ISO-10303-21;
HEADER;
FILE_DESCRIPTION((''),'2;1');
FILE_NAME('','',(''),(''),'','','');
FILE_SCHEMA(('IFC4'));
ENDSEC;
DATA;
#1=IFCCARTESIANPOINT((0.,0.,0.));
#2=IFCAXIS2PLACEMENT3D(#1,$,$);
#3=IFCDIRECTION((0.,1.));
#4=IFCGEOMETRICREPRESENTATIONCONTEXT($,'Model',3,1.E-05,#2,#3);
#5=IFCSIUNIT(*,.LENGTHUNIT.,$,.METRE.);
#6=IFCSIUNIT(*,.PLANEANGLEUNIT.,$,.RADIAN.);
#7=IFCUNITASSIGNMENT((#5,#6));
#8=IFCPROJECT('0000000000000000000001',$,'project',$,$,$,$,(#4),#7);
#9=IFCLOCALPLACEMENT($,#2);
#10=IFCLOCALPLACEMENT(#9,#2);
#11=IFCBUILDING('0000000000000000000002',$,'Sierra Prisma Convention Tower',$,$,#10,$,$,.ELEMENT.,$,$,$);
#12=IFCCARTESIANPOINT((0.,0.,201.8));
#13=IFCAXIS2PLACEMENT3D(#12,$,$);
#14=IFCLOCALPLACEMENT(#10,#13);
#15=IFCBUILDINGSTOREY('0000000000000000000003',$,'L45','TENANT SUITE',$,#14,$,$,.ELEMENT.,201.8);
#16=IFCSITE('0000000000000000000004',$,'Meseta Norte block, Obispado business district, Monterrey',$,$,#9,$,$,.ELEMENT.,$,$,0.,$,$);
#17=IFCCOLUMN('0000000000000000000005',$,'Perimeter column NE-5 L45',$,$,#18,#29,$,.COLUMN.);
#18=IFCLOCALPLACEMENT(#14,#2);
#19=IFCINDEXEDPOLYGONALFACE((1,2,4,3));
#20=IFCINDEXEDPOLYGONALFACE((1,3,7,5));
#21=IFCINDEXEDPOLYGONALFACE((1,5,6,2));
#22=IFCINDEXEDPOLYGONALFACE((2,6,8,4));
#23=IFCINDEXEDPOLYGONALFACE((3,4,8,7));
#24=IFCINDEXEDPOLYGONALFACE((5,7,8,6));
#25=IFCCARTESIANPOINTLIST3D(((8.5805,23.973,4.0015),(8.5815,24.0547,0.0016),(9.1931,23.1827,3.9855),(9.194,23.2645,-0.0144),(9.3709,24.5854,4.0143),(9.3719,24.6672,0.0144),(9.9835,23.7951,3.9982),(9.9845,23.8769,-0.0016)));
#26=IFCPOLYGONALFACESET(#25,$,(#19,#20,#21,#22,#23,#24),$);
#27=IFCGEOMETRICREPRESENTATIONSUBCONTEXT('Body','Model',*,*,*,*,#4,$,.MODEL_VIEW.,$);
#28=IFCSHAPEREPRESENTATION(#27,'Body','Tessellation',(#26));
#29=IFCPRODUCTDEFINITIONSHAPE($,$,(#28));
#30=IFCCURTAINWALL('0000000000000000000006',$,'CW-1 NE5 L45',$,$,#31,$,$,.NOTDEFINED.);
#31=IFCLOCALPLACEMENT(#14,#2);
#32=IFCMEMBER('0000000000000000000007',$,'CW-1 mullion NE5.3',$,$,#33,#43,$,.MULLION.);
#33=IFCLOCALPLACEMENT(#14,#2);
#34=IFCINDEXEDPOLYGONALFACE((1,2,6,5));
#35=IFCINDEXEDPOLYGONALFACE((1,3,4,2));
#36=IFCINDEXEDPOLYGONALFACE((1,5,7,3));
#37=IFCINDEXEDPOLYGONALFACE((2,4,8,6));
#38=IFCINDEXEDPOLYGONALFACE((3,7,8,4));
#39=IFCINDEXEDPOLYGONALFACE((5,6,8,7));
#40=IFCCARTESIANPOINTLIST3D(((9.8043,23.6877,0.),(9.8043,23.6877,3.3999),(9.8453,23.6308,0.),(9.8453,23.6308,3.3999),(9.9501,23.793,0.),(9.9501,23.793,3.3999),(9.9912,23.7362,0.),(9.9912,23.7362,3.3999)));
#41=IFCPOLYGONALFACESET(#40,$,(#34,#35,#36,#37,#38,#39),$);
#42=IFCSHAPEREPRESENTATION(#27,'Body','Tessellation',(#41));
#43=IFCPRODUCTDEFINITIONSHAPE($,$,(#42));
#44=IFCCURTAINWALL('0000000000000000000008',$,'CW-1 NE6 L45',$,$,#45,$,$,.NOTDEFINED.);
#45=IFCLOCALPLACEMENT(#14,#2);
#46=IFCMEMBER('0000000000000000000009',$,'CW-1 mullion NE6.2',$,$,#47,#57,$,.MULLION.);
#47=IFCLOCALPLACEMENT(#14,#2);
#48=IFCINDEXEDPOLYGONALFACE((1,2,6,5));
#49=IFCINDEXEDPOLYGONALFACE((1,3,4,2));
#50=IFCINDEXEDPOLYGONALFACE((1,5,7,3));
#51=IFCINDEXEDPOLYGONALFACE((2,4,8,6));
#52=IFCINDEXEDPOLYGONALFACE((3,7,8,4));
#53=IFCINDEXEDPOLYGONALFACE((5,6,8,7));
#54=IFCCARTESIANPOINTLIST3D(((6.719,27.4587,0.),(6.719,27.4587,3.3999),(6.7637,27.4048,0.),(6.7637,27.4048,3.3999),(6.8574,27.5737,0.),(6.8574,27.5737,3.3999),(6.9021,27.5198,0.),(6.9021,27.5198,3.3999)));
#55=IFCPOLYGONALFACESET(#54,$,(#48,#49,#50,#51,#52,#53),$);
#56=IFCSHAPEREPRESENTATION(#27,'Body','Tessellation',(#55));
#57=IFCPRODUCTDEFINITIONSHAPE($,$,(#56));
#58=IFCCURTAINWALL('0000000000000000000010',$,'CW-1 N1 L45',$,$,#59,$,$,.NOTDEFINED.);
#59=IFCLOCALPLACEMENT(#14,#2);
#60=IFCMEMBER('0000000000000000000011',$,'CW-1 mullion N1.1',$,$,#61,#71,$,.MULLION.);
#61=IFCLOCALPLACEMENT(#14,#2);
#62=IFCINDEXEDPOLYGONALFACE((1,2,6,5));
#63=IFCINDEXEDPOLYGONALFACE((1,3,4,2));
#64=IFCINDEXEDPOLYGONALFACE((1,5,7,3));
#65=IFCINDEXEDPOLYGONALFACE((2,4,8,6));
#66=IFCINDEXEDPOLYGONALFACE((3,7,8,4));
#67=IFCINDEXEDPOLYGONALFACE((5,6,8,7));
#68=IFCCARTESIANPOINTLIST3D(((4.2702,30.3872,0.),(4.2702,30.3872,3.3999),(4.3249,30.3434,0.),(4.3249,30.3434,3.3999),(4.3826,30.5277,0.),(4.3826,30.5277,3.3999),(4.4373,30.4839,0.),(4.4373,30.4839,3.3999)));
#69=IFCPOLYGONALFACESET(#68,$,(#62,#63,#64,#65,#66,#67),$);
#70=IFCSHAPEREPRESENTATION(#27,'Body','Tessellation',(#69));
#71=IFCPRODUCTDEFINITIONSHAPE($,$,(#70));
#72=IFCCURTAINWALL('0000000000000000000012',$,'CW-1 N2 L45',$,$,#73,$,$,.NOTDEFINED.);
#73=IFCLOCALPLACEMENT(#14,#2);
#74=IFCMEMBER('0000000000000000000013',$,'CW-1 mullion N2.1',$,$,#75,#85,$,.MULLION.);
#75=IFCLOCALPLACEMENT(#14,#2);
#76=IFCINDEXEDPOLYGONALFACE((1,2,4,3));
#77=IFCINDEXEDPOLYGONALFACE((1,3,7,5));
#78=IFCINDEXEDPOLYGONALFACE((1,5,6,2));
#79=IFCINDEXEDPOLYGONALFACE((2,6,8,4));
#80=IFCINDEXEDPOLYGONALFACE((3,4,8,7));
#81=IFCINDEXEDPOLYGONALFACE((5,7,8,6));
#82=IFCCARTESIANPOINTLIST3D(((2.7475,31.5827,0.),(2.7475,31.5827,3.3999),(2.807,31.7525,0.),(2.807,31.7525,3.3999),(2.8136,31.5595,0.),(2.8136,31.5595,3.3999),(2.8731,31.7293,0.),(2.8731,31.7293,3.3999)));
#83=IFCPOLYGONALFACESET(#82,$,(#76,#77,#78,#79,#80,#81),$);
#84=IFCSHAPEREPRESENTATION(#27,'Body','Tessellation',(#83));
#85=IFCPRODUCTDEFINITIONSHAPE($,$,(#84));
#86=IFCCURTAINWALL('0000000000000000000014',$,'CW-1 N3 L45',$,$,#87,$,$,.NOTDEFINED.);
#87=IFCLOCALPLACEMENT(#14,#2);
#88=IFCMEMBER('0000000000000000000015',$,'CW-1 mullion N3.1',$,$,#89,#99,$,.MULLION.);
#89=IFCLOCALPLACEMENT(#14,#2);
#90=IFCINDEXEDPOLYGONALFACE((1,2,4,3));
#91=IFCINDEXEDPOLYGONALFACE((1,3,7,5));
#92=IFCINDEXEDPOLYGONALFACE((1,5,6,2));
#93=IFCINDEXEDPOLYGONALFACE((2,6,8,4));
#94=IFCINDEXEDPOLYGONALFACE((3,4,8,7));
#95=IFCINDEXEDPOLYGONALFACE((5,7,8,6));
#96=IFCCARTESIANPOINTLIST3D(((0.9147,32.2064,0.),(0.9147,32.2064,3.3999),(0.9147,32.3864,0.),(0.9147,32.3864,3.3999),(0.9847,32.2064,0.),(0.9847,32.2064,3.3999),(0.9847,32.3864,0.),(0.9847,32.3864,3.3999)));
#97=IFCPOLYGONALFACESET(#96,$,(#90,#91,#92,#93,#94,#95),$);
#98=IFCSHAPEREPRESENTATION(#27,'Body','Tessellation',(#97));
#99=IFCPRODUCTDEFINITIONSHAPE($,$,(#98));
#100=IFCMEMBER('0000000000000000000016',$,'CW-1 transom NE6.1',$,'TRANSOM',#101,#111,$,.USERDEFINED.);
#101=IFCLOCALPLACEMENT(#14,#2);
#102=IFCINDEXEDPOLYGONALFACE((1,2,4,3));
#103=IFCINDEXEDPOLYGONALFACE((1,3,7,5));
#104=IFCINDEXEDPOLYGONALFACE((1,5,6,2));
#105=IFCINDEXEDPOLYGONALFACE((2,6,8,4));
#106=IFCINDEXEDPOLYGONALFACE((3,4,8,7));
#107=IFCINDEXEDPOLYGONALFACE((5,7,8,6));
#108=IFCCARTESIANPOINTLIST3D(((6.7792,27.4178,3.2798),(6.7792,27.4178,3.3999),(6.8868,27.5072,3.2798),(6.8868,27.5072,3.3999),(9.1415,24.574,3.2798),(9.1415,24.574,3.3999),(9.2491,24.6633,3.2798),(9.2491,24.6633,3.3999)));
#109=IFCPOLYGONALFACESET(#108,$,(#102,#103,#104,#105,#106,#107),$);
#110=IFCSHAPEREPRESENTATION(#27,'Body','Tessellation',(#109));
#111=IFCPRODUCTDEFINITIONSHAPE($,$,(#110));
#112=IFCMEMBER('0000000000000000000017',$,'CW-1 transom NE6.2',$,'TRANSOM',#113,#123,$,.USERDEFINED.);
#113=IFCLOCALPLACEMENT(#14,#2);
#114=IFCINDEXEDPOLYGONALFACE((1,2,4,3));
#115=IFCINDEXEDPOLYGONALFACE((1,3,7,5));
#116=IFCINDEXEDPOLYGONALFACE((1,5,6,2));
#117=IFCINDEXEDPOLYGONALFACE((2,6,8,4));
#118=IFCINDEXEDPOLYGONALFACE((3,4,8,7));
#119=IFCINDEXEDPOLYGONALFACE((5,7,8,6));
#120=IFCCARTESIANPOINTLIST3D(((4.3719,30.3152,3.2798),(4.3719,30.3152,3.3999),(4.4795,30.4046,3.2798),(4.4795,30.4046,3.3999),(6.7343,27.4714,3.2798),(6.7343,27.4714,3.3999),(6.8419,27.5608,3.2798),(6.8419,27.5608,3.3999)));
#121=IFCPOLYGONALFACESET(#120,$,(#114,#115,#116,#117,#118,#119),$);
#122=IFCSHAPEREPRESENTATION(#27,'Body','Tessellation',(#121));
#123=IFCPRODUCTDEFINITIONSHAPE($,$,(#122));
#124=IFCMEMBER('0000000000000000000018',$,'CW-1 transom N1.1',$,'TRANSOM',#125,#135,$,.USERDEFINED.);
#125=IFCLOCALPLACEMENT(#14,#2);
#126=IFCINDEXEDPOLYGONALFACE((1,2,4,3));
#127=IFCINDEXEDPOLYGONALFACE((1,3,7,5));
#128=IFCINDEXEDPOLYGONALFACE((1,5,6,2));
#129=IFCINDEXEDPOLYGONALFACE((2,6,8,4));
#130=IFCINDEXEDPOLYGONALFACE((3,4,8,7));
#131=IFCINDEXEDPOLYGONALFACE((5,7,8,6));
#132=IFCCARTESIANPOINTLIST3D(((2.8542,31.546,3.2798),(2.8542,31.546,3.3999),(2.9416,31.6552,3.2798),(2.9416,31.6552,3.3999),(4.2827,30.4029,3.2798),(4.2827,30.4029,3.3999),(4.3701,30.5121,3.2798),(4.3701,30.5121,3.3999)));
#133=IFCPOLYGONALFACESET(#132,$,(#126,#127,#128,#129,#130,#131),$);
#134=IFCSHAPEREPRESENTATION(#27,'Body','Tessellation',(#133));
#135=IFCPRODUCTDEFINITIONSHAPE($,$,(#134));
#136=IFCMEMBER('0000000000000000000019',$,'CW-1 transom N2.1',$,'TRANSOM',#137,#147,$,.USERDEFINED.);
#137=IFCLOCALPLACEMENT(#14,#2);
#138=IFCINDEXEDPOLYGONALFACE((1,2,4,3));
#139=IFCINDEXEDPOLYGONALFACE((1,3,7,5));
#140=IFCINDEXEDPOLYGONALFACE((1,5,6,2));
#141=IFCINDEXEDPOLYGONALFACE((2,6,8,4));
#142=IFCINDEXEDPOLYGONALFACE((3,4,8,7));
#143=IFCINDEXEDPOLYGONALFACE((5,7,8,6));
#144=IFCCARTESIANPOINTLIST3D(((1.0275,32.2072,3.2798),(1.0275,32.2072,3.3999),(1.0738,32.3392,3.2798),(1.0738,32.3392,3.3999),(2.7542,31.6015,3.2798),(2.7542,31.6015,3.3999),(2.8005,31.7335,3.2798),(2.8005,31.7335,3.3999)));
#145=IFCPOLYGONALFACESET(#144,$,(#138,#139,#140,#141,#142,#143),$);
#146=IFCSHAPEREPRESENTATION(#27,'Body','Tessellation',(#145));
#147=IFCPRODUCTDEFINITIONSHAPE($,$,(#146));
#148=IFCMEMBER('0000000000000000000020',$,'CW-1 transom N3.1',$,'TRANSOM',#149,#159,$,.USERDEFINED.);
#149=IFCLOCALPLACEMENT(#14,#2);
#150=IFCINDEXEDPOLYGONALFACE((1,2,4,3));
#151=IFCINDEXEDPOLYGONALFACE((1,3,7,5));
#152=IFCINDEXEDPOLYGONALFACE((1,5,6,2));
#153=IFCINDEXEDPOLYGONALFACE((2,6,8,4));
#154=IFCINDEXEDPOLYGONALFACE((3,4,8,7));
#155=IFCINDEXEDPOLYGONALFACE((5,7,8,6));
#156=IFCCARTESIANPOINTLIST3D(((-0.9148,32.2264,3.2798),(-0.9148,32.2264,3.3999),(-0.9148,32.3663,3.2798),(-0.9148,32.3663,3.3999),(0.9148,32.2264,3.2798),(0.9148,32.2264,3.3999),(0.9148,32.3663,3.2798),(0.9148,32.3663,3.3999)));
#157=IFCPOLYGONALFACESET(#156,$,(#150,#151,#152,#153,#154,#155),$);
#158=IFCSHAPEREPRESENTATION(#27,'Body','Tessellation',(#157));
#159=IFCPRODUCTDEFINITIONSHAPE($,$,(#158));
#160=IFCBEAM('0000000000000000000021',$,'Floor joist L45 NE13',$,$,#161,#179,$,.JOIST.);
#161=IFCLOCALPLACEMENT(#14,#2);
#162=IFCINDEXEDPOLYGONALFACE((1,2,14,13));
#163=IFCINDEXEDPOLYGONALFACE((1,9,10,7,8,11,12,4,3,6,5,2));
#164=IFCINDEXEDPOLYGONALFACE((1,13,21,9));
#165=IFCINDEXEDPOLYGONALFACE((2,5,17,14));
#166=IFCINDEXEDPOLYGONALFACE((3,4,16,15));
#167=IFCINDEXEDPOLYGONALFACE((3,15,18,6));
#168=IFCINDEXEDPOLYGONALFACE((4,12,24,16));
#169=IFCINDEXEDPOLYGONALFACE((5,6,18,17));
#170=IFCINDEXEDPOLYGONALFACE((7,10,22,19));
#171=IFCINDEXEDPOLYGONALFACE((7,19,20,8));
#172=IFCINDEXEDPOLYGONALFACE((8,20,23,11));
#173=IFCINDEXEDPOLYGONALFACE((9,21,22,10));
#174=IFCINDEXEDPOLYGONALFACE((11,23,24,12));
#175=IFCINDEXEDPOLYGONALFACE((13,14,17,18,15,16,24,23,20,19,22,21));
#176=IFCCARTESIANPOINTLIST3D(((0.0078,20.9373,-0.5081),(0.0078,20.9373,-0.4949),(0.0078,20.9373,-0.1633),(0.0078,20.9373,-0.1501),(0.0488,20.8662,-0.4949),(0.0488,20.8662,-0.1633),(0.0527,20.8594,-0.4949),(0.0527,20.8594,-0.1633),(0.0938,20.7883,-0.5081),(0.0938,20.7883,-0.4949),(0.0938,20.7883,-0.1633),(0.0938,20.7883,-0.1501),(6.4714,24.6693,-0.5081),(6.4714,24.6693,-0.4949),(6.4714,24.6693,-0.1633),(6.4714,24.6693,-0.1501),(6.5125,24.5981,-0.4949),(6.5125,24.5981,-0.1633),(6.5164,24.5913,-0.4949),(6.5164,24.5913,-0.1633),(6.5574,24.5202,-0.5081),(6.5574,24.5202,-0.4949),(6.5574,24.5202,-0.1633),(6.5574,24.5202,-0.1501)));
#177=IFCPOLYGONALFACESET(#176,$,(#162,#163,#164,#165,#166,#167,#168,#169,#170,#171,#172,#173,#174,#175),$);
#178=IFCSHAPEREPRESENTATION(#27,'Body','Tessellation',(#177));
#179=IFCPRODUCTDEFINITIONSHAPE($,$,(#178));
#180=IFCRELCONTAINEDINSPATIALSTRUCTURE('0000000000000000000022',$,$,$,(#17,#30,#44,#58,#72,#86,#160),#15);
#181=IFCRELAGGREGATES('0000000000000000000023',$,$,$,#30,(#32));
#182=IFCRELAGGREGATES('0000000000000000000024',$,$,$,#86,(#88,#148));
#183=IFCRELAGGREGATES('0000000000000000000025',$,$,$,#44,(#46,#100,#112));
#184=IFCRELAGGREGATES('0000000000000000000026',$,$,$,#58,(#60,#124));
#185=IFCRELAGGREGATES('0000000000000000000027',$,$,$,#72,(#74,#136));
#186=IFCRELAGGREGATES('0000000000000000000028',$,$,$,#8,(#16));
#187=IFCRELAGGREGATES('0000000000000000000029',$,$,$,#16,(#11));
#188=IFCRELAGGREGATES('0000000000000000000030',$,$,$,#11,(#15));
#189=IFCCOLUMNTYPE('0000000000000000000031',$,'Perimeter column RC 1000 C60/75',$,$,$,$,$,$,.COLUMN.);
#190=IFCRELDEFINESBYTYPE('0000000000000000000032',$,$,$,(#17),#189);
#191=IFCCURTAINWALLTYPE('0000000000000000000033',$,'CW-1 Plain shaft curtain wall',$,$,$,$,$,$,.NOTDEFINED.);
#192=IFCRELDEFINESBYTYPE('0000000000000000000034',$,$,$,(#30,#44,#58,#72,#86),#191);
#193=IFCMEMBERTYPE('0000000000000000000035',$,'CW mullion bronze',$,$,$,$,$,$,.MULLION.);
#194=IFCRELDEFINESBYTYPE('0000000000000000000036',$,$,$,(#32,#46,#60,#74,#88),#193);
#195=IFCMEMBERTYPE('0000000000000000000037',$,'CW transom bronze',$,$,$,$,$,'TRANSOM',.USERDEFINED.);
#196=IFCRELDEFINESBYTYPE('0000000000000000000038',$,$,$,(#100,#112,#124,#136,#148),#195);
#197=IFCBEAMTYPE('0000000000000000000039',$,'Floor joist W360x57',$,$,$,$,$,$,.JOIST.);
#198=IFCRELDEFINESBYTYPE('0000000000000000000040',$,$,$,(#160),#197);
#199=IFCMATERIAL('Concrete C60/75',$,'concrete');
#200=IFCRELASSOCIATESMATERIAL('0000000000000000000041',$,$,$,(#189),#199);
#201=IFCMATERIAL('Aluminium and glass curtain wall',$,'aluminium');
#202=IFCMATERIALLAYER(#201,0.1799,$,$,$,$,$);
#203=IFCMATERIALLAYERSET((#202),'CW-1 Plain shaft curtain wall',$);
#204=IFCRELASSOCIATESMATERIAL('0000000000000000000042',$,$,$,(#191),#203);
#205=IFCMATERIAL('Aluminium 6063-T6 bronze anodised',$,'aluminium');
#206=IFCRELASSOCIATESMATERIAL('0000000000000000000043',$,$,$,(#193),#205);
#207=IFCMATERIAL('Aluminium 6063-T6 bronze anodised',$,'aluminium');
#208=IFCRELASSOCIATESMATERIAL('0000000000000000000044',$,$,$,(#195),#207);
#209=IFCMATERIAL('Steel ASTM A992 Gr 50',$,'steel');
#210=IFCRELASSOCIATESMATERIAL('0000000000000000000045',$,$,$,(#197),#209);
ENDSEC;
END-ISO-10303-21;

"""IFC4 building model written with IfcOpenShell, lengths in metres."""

from ifc_helpers import new_model, si_unit, direction, frame, origin, origin_2d, place, context, subcontext, project, spatial, rectangle, i_section, extrude, material, layer, layer_set, material_profile, profile_set, type_object, element, aggregate, save


model = new_model("IFC4")

# Units and contexts
model_context = context("Model", 3, precision=1e-05, world=origin(), true_north=direction((0.0, 1.0)))
body_context = subcontext(model_context, "Body", "Model", "MODEL_VIEW")
ifc_project = project(units=[si_unit("LENGTHUNIT", "METRE"), si_unit("PLANEANGLEUNIT", "RADIAN")], contexts=[model_context])

# Site, building, storey
site_placement = place(None, origin())
site = spatial("IfcSite", under=ifc_project, at=site_placement, Name="Meseta Norte block, Obispado business district, Monterrey", CompositionType="ELEMENT", RefElevation=0.0)
building_placement = place(site_placement, origin())
building = spatial("IfcBuilding", under=site, at=building_placement, Name="Sierra Prisma Convention Tower", CompositionType="ELEMENT")
storey_placement = place(building_placement, frame((0.0, 0.0, 201.8)))
storey = spatial("IfcBuildingStorey", under=building, at=storey_placement, Name="L45", Description="TENANT SUITE", CompositionType="ELEMENT", Elevation=201.8)

# Column
ifc_material_1 = material(Name="Concrete C60/75", Category="concrete")
ifc_material_profile_1 = material_profile(ifc_material_1, rectangle(XDim=1.0, YDim=1.0, at=origin_2d()), Name="Perimeter column RC 1000 C60/75")
ifc_profile_set_1 = profile_set([ifc_material_profile_1], Name="Concrete C60/75")
column_type = type_object("IfcColumnType", Name="Perimeter column RC 1000 C60/75", PredefinedType="COLUMN", material=ifc_profile_set_1)
column_placement = place(storey_placement, frame((9.283, 23.9658, 0.0), z_axis=(-0.000244, -0.020443, 0.999791), x_axis=(-0.612561, 0.790261, 0.016009)))
element("IfcColumn", 1, at=column_placement, inside=storey, type_object=column_type, Name="Perimeter column NE-5 L45", PredefinedType="COLUMN", context=body_context, shape_type="SweptSolid", body=[
    extrude(rectangle(XDim=1.0, YDim=1.0, at=origin_2d()), origin(), (0.0, 0.0, 1.0), 4.0007),
])

# Curtain walls, members
ifc_material_2 = material(Name="Aluminium and glass curtain wall", Category="aluminium")
ifc_layer_1 = layer(ifc_material_2, 0.1799)
ifc_layer_set_1 = layer_set([ifc_layer_1], Name="CW-1 Plain shaft curtain wall")
curtain_wall_type = type_object("IfcCurtainWallType", Name="CW-1 Plain shaft curtain wall", PredefinedType="NOTDEFINED", material=ifc_layer_set_1)
curtain_wall_1_placement = place(storey_placement, origin())
curtain_wall_1 = element("IfcCurtainWall", 2, at=curtain_wall_1_placement, inside=storey, type_object=curtain_wall_type, Name="CW-1 NE5 L45", PredefinedType="NOTDEFINED")
ifc_material_3 = material(Name="Aluminium 6063-T6 bronze anodised", Category="aluminium")
ifc_material_profile_2 = material_profile(ifc_material_3, rectangle(XDim=0.1799, YDim=0.0701, at=origin_2d()), Name="ALU MULLION 70x180")
ifc_profile_set_2 = profile_set([ifc_material_profile_2], Name="Aluminium 6063-T6 bronze anodised")
member_type_1 = type_object("IfcMemberType", Name="CW mullion bronze", PredefinedType="MULLION", material=ifc_profile_set_2)
member_1_placement = place(storey_placement, frame((9.8977, 23.7119, 0.0), z_axis=(0.0, 0.0, 1.0), x_axis=(-0.810745, -0.585399, 0.0)))
member_1 = element("IfcMember", 3, at=member_1_placement, type_object=member_type_1, Name="CW-1 mullion NE5.3", PredefinedType="MULLION", context=body_context, shape_type="SweptSolid", body=[
    extrude(rectangle(XDim=0.1799, YDim=0.0701, at=origin_2d()), origin(), (0.0, 0.0, 1.0), 3.3999),
])
aggregate(curtain_wall_1, [member_1])
curtain_wall_2_placement = place(storey_placement, origin())
curtain_wall_2 = element("IfcCurtainWall", 4, at=curtain_wall_2_placement, inside=storey, type_object=curtain_wall_type, Name="CW-1 NE6 L45", PredefinedType="NOTDEFINED")
member_2_placement = place(storey_placement, frame((6.8105, 27.4893, 0.0), z_axis=(0.0, 0.0, 1.0), x_axis=(-0.769191, -0.639018, 0.0)))
member_2 = element("IfcMember", 5, at=member_2_placement, type_object=member_type_1, Name="CW-1 mullion NE6.2", PredefinedType="MULLION", context=body_context, shape_type="SweptSolid", body=[
    extrude(rectangle(XDim=0.1799, YDim=0.0701, at=origin_2d()), origin(), (0.0, 0.0, 1.0), 3.3999),
])
curtain_wall_3_placement = place(storey_placement, origin())
curtain_wall_3 = element("IfcCurtainWall", 6, at=curtain_wall_3_placement, inside=storey, type_object=curtain_wall_type, Name="CW-1 N1 L45", PredefinedType="NOTDEFINED")
member_3_placement = place(storey_placement, frame((4.3538, 30.4355, 0.0), z_axis=(0.0, 0.0, 1.0), x_axis=(-0.624835, -0.780757, 0.0)))
member_3 = element("IfcMember", 7, at=member_3_placement, type_object=member_type_1, Name="CW-1 mullion N1.1", PredefinedType="MULLION", context=body_context, shape_type="SweptSolid", body=[
    extrude(rectangle(XDim=0.1799, YDim=0.0701, at=origin_2d()), origin(), (0.0, 0.0, 1.0), 3.3999),
])
curtain_wall_4_placement = place(storey_placement, origin())
curtain_wall_4 = element("IfcCurtainWall", 8, at=curtain_wall_4_placement, inside=storey, type_object=curtain_wall_type, Name="CW-1 N2 L45", PredefinedType="NOTDEFINED")
member_4_placement = place(storey_placement, frame((2.8103, 31.656, 0.0), z_axis=(0.0, 0.0, 1.0), x_axis=(-0.331092, -0.943599, 0.0)))
member_4 = element("IfcMember", 9, at=member_4_placement, type_object=member_type_1, Name="CW-1 mullion N2.1", PredefinedType="MULLION", context=body_context, shape_type="SweptSolid", body=[
    extrude(rectangle(XDim=0.1799, YDim=0.0701, at=origin_2d()), origin(), (0.0, 0.0, 1.0), 3.3999),
])
curtain_wall_5_placement = place(storey_placement, origin())
curtain_wall_5 = element("IfcCurtainWall", 10, at=curtain_wall_5_placement, inside=storey, type_object=curtain_wall_type, Name="CW-1 N3 L45", PredefinedType="NOTDEFINED")
member_5_placement = place(storey_placement, frame((0.9497, 32.2964, 0.0), z_axis=(0.0, 0.0, 1.0), x_axis=(0.0, -1.0, 0.0)))
member_5 = element("IfcMember", 11, at=member_5_placement, type_object=member_type_1, Name="CW-1 mullion N3.1", PredefinedType="MULLION", context=body_context, shape_type="SweptSolid", body=[
    extrude(rectangle(XDim=0.1799, YDim=0.0701, at=origin_2d()), origin(), (0.0, 0.0, 1.0), 3.3999),
])

# Members
ifc_material_4 = material(Name="Aluminium 6063-T6 bronze anodised", Category="aluminium")
ifc_material_profile_3 = material_profile(ifc_material_4, rectangle(XDim=0.1399, YDim=0.1201, at=origin_2d()), Name="ALU TRANSOM 120x140")
ifc_profile_set_3 = profile_set([ifc_material_profile_3], Name="Aluminium 6063-T6 bronze anodised")
member_type_2 = type_object("IfcMemberType", Name="CW transom bronze", ElementType="TRANSOM", PredefinedType="USERDEFINED", material=ifc_profile_set_3)
member_6_placement = place(storey_placement, frame((9.1953, 24.6187, 3.3398), z_axis=(-0.638988, 0.769216, 0.0), x_axis=(-0.769216, -0.638988, 0.0)))
member_6 = element("IfcMember", 12, at=member_6_placement, type_object=member_type_2, Name="CW-1 transom NE6.1", ObjectType="TRANSOM", PredefinedType="USERDEFINED", context=body_context, shape_type="SweptSolid", body=[
    extrude(rectangle(XDim=0.1399, YDim=0.1201, at=origin_2d()), origin(), (0.0, 0.0, 1.0), 3.697),
])
member_7_placement = place(storey_placement, frame((6.7881, 27.5161, 3.3398), z_axis=(-0.638988, 0.769216, 0.0), x_axis=(-0.769216, -0.638988, 0.0)))
member_7 = element("IfcMember", 13, at=member_7_placement, type_object=member_type_2, Name="CW-1 transom NE6.2", ObjectType="TRANSOM", PredefinedType="USERDEFINED", context=body_context, shape_type="SweptSolid", body=[
    extrude(rectangle(XDim=0.1399, YDim=0.1201, at=origin_2d()), origin(), (0.0, 0.0, 1.0), 3.697),
])
member_8_placement = place(storey_placement, frame((4.3264, 30.4575, 3.3398), z_axis=(-0.780791, 0.624793, 0.0), x_axis=(-0.624793, -0.780791, 0.0)))
member_8 = element("IfcMember", 14, at=member_8_placement, type_object=member_type_2, Name="CW-1 transom N1.1", ObjectType="TRANSOM", PredefinedType="USERDEFINED", context=body_context, shape_type="SweptSolid", body=[
    extrude(rectangle(XDim=0.1399, YDim=0.1201, at=origin_2d()), origin(), (0.0, 0.0, 1.0), 1.8296),
])
member_9_placement = place(storey_placement, frame((2.7773, 31.6675, 3.3398), z_axis=(-0.943617, 0.33104, 0.0), x_axis=(-0.33104, -0.943617, 0.0)))
member_9 = element("IfcMember", 15, at=member_9_placement, type_object=member_type_2, Name="CW-1 transom N2.1", ObjectType="TRANSOM", PredefinedType="USERDEFINED", context=body_context, shape_type="SweptSolid", body=[
    extrude(rectangle(XDim=0.1399, YDim=0.1201, at=origin_2d()), origin(), (0.0, 0.0, 1.0), 1.8298),
])
member_10_placement = place(storey_placement, frame((0.9148, 32.2964, 3.3398), z_axis=(-1.0, 0.0, 0.0), x_axis=(0.0, -1.0, 0.0)))
member_10 = element("IfcMember", 16, at=member_10_placement, type_object=member_type_2, Name="CW-1 transom N3.1", ObjectType="TRANSOM", PredefinedType="USERDEFINED", context=body_context, shape_type="SweptSolid", body=[
    extrude(rectangle(XDim=0.1399, YDim=0.1201, at=origin_2d()), origin(), (0.0, 0.0, 1.0), 1.8296),
])
aggregate(curtain_wall_5, [member_5, member_10])

# Beam
ifc_material_5 = material(Name="Steel ASTM A992 Gr 50", Category="steel")
ifc_material_profile_4 = material_profile(ifc_material_5, i_section(OverallWidth=0.1721, OverallDepth=0.3579, WebThickness=0.0078, FlangeThickness=0.0132, at=origin_2d()), Name="W360x57")
ifc_profile_set_4 = profile_set([ifc_material_profile_4], Name="Steel ASTM A992 Gr 50")
beam_type_1 = type_object("IfcBeamType", Name="Floor joist W360x57", PredefinedType="JOIST", material=ifc_profile_set_4)
beam_1_placement = place(storey_placement, frame((6.5144, 24.5947, -0.3291), z_axis=(-0.866016, -0.500016, 0.0), x_axis=(0.500016, -0.866016, 0.0)))
element("IfcBeam", 17, at=beam_1_placement, inside=storey, type_object=beam_type_1, Name="Floor joist L45 NE13", PredefinedType="JOIST", context=body_context, shape_type="SweptSolid", body=[
    extrude(i_section(OverallWidth=0.1721, OverallDepth=0.3579, WebThickness=0.0078, FlangeThickness=0.0132, at=origin_2d()), origin(), (0.0, 0.0, 1.0), 7.4636),
])

aggregate(curtain_wall_2, [member_2, member_6, member_7])
aggregate(curtain_wall_3, [member_3, member_8])
aggregate(curtain_wall_4, [member_4, member_9])

save(model, "model.ifc")
